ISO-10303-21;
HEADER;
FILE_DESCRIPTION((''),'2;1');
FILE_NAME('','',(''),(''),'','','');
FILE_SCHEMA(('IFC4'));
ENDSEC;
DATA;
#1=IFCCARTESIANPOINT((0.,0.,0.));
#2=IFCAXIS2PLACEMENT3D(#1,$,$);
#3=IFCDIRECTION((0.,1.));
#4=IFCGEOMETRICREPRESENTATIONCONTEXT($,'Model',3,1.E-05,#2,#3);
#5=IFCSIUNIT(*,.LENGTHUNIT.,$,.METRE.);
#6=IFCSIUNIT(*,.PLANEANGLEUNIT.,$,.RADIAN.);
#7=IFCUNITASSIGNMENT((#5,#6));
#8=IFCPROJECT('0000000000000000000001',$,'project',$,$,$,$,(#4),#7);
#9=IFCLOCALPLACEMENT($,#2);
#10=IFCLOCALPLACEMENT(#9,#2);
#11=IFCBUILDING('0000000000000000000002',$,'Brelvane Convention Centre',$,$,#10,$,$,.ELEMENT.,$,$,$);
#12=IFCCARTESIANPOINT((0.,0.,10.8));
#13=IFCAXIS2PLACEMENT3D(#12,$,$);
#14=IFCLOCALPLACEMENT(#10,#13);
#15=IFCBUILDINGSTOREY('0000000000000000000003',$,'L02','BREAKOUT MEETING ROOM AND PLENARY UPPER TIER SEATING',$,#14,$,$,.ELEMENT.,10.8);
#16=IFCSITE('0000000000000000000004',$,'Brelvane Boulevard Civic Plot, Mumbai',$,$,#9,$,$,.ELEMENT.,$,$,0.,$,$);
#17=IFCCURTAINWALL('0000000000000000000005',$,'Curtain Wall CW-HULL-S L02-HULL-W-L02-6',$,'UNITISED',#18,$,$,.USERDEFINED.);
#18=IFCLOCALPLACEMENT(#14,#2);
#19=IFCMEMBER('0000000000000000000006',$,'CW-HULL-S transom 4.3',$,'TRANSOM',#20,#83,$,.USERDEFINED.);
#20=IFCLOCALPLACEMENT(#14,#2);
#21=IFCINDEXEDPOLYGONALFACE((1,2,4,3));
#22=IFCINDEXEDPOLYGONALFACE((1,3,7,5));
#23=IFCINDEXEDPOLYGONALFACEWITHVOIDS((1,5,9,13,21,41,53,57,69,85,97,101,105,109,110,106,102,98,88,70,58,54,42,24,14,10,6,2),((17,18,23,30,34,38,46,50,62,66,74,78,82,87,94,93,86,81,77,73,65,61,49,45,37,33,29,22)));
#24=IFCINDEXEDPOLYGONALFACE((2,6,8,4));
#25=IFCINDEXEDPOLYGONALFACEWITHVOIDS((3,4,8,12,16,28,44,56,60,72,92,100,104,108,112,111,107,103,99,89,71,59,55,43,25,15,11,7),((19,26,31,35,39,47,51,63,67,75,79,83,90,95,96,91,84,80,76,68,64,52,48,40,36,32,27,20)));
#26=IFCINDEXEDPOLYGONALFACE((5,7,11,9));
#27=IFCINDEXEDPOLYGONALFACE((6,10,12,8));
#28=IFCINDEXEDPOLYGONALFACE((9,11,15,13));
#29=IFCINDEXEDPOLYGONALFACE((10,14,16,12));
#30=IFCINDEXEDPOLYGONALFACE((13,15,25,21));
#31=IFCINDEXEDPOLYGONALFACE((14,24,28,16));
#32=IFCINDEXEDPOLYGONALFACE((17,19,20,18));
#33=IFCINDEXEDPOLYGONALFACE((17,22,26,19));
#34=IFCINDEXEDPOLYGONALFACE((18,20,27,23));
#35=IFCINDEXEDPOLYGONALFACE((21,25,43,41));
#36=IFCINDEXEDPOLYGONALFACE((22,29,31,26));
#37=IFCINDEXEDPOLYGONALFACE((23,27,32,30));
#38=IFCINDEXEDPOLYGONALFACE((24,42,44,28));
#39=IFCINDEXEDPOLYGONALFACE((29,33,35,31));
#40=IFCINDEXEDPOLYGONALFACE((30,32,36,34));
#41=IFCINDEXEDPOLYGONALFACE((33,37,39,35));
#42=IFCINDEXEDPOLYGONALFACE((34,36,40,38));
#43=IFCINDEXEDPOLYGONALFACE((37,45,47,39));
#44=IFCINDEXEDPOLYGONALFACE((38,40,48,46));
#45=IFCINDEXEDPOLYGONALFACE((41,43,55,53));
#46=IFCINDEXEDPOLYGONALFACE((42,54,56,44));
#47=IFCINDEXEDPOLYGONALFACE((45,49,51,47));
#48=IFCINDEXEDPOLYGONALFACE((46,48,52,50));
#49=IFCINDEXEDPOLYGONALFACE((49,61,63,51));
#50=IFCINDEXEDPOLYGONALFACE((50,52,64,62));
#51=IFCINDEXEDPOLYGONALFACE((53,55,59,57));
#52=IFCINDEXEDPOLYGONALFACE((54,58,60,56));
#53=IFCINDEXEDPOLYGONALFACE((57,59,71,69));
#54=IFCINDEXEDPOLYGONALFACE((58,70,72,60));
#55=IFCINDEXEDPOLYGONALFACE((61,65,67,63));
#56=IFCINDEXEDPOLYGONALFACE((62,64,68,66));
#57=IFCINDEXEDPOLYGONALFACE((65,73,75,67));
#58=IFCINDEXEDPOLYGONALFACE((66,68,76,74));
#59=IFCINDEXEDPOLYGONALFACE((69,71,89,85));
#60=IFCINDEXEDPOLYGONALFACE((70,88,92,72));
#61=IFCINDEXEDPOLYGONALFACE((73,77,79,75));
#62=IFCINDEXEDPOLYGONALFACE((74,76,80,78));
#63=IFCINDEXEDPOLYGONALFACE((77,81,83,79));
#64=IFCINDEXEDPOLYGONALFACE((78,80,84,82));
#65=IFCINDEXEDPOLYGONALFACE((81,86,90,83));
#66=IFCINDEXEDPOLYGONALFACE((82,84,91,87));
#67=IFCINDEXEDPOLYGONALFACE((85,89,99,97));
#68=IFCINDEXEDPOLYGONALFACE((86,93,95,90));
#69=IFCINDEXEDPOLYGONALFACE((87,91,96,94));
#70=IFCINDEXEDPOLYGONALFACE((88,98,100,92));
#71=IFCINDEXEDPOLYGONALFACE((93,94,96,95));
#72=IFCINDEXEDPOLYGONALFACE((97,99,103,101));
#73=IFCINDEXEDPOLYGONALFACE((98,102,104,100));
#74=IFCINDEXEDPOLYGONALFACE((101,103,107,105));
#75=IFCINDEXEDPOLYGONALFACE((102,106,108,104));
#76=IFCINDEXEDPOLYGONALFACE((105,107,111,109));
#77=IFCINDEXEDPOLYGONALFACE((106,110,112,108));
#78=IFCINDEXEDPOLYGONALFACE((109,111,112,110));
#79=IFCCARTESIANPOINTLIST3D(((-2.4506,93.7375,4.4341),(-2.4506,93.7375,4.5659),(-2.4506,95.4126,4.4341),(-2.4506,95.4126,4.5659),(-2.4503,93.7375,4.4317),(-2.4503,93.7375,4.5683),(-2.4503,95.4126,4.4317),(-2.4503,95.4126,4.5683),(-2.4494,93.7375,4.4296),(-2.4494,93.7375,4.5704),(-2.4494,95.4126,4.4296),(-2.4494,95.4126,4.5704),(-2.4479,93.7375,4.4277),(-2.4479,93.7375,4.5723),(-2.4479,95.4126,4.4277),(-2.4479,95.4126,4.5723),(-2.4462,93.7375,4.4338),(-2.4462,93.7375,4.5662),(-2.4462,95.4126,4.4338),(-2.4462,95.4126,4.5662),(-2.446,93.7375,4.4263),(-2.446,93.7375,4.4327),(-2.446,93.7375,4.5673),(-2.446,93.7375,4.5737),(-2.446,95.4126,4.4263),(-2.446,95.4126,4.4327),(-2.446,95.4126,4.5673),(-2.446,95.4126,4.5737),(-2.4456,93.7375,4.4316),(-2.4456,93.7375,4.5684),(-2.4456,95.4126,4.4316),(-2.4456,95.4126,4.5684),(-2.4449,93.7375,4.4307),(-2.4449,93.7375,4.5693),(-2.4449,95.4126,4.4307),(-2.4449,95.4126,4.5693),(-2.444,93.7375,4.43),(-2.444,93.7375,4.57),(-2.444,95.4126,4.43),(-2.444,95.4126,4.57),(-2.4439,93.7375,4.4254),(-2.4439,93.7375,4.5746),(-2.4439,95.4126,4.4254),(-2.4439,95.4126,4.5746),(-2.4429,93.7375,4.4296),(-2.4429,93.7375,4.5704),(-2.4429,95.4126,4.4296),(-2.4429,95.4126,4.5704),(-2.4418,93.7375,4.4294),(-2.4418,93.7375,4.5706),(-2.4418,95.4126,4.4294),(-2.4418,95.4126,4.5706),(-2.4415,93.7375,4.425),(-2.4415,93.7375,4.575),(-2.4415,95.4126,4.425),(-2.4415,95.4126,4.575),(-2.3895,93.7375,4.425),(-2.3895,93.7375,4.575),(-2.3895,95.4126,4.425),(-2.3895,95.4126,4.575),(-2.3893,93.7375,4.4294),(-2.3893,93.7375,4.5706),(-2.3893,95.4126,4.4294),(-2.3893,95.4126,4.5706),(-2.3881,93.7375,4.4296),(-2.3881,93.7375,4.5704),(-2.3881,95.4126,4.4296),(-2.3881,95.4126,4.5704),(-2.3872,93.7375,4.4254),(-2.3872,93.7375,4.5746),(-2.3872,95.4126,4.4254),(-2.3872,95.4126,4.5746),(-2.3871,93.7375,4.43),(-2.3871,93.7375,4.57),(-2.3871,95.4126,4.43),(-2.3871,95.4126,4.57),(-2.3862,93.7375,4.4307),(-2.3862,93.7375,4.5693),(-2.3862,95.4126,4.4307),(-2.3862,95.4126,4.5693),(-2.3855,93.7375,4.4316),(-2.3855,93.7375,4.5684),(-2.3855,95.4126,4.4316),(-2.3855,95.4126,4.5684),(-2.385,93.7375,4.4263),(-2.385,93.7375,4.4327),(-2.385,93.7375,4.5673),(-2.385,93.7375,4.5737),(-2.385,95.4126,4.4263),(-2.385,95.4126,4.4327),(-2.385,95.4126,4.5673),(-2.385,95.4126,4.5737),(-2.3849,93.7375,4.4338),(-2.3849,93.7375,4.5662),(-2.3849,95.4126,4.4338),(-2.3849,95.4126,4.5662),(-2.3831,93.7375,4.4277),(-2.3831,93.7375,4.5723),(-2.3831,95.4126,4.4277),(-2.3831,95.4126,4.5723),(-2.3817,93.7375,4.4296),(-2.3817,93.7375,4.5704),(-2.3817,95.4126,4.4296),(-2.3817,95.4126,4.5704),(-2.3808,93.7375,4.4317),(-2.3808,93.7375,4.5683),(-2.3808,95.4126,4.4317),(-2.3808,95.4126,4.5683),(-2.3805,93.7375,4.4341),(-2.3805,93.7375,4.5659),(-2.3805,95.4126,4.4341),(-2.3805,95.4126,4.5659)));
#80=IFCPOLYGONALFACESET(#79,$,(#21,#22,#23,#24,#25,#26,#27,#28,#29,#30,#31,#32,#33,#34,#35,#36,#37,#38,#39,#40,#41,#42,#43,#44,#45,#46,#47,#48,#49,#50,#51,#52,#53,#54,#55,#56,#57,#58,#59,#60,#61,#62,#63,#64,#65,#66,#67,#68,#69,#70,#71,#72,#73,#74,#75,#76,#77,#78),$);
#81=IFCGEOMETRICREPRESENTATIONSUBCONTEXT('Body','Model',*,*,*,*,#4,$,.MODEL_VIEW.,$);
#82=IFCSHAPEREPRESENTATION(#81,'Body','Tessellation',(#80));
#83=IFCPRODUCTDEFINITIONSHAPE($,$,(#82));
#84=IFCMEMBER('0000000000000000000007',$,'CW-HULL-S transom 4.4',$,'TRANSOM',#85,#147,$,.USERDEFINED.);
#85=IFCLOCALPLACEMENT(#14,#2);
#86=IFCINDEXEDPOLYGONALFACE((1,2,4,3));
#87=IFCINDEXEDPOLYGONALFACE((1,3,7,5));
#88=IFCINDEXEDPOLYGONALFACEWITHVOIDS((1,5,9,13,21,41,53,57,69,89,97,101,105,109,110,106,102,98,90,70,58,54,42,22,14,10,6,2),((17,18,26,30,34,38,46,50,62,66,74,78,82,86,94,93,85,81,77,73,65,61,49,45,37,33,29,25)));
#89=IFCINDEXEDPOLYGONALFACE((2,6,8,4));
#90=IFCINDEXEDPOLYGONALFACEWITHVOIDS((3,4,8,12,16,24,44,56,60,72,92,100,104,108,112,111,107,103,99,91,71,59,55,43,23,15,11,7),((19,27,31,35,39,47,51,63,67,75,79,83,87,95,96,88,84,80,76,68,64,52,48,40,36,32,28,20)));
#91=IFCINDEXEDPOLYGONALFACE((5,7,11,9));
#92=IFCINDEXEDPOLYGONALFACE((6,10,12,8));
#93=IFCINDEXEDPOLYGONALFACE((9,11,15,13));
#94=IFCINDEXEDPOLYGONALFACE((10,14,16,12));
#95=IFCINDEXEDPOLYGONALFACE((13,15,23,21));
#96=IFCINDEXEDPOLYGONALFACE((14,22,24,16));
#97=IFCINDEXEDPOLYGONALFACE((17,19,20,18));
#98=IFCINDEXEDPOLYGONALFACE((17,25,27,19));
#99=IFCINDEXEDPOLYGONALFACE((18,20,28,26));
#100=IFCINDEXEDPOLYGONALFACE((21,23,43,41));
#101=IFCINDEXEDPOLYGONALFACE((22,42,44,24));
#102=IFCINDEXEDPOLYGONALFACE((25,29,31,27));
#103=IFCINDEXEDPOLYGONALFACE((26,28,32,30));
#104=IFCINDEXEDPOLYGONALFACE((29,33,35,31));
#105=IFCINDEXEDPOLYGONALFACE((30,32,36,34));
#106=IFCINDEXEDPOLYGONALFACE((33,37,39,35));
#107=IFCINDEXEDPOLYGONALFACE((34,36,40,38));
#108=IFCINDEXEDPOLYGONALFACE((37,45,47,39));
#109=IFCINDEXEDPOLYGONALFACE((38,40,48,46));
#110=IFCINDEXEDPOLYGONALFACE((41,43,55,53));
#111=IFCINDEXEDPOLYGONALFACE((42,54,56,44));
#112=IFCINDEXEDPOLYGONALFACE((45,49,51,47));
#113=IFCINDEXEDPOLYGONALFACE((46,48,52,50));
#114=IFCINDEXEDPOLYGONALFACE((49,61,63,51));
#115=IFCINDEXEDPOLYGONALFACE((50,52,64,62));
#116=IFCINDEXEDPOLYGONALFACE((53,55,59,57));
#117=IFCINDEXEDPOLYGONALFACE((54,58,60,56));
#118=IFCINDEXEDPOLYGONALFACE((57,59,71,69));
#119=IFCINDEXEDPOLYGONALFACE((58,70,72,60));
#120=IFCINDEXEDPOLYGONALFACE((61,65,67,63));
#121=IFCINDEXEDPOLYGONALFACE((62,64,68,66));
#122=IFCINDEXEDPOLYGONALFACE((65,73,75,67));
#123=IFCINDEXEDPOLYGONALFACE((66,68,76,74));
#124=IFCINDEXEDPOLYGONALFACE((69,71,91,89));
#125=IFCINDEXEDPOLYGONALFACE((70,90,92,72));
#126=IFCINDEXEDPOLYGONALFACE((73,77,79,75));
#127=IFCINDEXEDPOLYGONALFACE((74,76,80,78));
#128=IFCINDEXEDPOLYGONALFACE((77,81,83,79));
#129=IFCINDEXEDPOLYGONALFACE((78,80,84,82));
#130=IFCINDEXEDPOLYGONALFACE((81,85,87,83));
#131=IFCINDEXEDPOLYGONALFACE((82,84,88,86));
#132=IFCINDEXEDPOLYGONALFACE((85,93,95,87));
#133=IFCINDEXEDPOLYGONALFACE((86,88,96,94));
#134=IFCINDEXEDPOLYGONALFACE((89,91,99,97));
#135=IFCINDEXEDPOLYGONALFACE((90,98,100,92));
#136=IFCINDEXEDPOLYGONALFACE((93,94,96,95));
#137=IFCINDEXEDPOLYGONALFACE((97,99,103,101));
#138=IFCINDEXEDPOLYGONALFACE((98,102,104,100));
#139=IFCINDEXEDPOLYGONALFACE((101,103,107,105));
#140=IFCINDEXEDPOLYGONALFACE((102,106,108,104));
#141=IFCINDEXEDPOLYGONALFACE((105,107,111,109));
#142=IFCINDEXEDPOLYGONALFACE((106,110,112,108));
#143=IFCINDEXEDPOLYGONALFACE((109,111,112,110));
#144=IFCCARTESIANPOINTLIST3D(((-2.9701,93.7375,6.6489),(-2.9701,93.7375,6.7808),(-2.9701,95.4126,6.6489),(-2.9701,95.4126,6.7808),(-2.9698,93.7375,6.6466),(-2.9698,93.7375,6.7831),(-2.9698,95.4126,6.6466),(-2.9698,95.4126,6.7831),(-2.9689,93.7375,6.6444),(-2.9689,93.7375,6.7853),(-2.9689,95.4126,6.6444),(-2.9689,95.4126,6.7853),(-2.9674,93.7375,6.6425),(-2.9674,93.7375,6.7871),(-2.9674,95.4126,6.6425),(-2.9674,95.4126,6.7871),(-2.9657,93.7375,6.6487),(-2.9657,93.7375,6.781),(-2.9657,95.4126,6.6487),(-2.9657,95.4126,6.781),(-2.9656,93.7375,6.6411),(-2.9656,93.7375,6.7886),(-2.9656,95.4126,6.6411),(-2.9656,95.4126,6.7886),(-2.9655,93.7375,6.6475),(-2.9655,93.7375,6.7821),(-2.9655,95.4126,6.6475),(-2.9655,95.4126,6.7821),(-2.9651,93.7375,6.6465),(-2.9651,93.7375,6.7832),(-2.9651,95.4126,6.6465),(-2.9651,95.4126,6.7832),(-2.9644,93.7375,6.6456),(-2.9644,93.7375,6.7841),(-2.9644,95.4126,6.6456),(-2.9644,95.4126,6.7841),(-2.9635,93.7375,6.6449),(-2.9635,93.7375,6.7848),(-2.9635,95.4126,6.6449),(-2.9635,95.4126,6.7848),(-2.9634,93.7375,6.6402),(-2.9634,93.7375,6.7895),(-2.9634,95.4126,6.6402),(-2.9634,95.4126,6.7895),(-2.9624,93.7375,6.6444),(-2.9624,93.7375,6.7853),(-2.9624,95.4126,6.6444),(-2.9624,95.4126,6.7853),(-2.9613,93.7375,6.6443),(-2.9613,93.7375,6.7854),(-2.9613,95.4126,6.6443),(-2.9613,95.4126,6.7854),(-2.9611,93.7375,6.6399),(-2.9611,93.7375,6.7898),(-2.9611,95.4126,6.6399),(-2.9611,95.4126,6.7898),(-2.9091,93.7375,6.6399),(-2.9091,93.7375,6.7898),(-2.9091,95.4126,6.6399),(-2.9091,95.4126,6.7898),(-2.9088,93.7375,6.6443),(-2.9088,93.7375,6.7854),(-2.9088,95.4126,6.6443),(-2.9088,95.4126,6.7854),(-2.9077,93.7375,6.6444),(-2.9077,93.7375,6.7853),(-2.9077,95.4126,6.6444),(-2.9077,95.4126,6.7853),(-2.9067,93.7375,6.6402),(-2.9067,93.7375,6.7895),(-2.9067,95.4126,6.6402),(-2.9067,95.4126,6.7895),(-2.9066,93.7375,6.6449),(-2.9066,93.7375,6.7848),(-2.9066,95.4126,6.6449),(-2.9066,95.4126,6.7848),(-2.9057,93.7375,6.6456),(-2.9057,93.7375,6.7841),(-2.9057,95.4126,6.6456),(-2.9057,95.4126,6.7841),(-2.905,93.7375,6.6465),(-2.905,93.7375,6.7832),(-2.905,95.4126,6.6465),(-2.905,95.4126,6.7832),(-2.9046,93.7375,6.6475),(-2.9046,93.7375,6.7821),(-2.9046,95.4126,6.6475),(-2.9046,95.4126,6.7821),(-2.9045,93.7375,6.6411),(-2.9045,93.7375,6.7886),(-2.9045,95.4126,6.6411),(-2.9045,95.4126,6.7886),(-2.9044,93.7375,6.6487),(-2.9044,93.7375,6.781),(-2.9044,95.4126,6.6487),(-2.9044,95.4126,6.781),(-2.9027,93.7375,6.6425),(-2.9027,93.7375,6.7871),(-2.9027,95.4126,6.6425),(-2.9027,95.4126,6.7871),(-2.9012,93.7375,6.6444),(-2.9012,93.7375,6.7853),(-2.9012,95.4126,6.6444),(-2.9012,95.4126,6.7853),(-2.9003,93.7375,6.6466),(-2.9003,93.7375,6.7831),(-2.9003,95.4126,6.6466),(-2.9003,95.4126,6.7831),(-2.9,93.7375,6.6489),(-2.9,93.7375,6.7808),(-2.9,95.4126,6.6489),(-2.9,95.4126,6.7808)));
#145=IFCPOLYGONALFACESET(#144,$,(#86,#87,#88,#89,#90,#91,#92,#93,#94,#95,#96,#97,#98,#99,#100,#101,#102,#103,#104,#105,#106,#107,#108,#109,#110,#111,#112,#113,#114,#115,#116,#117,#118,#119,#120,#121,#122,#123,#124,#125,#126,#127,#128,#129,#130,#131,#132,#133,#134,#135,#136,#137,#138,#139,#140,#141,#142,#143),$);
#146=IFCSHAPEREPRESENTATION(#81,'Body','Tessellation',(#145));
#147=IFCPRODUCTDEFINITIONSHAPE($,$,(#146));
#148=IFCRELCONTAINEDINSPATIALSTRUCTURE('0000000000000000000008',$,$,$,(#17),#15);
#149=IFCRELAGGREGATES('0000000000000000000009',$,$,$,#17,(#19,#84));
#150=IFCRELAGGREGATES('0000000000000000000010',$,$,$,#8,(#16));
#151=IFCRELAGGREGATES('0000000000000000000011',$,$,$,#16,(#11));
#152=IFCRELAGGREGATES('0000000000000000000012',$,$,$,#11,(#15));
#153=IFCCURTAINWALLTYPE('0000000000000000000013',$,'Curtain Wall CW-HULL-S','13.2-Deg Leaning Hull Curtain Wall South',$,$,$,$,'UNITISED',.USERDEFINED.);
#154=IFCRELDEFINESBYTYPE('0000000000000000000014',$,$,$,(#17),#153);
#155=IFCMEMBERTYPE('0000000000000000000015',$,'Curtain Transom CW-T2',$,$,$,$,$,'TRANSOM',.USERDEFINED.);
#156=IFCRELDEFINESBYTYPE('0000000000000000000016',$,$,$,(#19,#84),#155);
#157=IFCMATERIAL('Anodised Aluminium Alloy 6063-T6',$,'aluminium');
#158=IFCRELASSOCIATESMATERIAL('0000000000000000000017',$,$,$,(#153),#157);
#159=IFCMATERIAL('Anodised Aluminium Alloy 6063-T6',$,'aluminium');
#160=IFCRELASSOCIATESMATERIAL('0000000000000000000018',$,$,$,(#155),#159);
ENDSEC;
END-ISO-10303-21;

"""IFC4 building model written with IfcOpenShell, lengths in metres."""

from ifc_helpers import new_model, si_unit, direction, frame, origin, origin_2d, place, context, subcontext, project, spatial, hollow_rectangle, extrude, material, material_profile, profile_set, type_object, element, aggregate, save


model = new_model("IFC4")

# Units and contexts
model_context = context("Model", 3, precision=1e-05, world=origin(), true_north=direction((0.0, 1.0)))
body_context = subcontext(model_context, "Body", "Model", "MODEL_VIEW")
ifc_project = project(units=[si_unit("LENGTHUNIT", "METRE"), si_unit("PLANEANGLEUNIT", "RADIAN")], contexts=[model_context])

# Site, building, storey
site_placement = place(None, origin())
site = spatial("IfcSite", under=ifc_project, at=site_placement, Name="Brelvane Boulevard Civic Plot, Mumbai", CompositionType="ELEMENT", RefElevation=0.0)
building_placement = place(site_placement, origin())
building = spatial("IfcBuilding", under=site, at=building_placement, Name="Brelvane Convention Centre", CompositionType="ELEMENT")
storey_placement = place(building_placement, frame((0.0, 0.0, 10.8)))
storey = spatial("IfcBuildingStorey", under=building, at=storey_placement, Name="L02", Description="BREAKOUT MEETING ROOM AND PLENARY UPPER TIER SEATING", CompositionType="ELEMENT", Elevation=10.8)

# Curtain wall, members
ifc_material_1 = material(Name="Anodised Aluminium Alloy 6063-T6", Category="aluminium")
curtain_wall_type = type_object("IfcCurtainWallType", Name="Curtain Wall CW-HULL-S", Description="13.2-Deg Leaning Hull Curtain Wall South", ElementType="UNITISED", PredefinedType="USERDEFINED", material=ifc_material_1)
curtain_wall_placement = place(storey_placement, origin())
curtain_wall = element("IfcCurtainWall", 1, at=curtain_wall_placement, inside=storey, type_object=curtain_wall_type, Name="Curtain Wall CW-HULL-S L02-HULL-W-L02-6", ObjectType="UNITISED", PredefinedType="USERDEFINED")
ifc_material_2 = material(Name="Anodised Aluminium Alloy 6063-T6", Category="aluminium")
ifc_material_profile_1 = material_profile(ifc_material_2, hollow_rectangle(XDim=0.0701, YDim=0.1499, WallThickness=0.0044, InnerFilletRadius=0.0044, OuterFilletRadius=0.009, at=origin_2d()), Name="ALU-T 150x70x4.5")
ifc_profile_set_1 = profile_set([ifc_material_profile_1], Name="Anodised Aluminium Alloy 6063-T6")
member_type_1 = type_object("IfcMemberType", Name="Curtain Transom CW-T2", ElementType="TRANSOM", PredefinedType="USERDEFINED", material=ifc_profile_set_1)
member_1_placement = place(storey_placement, frame((-2.4155, 93.7375, 4.5), z_axis=(0.0, 1.0, 0.0), x_axis=(-1.0, 0.0, 0.0)))
member_1 = element("IfcMember", 2, at=member_1_placement, type_object=member_type_1, Name="CW-HULL-S transom 4.3", ObjectType="TRANSOM", PredefinedType="USERDEFINED", context=body_context, shape_type="SweptSolid", body=[
    extrude(hollow_rectangle(XDim=0.0701, YDim=0.1499, WallThickness=0.0044, InnerFilletRadius=0.0044, OuterFilletRadius=0.009, at=origin_2d()), origin(), (0.0, 0.0, 1.0), 1.675),
])
member_2_placement = place(storey_placement, frame((-2.9351, 93.7375, 6.7148), z_axis=(0.0, 1.0, 0.0), x_axis=(-1.0, 0.0, 0.0)))
member_2 = element("IfcMember", 3, at=member_2_placement, type_object=member_type_1, Name="CW-HULL-S transom 4.4", ObjectType="TRANSOM", PredefinedType="USERDEFINED", context=body_context, shape_type="SweptSolid", body=[
    extrude(hollow_rectangle(XDim=0.0701, YDim=0.1499, WallThickness=0.0044, InnerFilletRadius=0.0044, OuterFilletRadius=0.009, at=origin_2d()), origin(), (0.0, 0.0, 1.0), 1.675),
])
aggregate(curtain_wall, [member_1, member_2])

save(model, "model.ifc")
